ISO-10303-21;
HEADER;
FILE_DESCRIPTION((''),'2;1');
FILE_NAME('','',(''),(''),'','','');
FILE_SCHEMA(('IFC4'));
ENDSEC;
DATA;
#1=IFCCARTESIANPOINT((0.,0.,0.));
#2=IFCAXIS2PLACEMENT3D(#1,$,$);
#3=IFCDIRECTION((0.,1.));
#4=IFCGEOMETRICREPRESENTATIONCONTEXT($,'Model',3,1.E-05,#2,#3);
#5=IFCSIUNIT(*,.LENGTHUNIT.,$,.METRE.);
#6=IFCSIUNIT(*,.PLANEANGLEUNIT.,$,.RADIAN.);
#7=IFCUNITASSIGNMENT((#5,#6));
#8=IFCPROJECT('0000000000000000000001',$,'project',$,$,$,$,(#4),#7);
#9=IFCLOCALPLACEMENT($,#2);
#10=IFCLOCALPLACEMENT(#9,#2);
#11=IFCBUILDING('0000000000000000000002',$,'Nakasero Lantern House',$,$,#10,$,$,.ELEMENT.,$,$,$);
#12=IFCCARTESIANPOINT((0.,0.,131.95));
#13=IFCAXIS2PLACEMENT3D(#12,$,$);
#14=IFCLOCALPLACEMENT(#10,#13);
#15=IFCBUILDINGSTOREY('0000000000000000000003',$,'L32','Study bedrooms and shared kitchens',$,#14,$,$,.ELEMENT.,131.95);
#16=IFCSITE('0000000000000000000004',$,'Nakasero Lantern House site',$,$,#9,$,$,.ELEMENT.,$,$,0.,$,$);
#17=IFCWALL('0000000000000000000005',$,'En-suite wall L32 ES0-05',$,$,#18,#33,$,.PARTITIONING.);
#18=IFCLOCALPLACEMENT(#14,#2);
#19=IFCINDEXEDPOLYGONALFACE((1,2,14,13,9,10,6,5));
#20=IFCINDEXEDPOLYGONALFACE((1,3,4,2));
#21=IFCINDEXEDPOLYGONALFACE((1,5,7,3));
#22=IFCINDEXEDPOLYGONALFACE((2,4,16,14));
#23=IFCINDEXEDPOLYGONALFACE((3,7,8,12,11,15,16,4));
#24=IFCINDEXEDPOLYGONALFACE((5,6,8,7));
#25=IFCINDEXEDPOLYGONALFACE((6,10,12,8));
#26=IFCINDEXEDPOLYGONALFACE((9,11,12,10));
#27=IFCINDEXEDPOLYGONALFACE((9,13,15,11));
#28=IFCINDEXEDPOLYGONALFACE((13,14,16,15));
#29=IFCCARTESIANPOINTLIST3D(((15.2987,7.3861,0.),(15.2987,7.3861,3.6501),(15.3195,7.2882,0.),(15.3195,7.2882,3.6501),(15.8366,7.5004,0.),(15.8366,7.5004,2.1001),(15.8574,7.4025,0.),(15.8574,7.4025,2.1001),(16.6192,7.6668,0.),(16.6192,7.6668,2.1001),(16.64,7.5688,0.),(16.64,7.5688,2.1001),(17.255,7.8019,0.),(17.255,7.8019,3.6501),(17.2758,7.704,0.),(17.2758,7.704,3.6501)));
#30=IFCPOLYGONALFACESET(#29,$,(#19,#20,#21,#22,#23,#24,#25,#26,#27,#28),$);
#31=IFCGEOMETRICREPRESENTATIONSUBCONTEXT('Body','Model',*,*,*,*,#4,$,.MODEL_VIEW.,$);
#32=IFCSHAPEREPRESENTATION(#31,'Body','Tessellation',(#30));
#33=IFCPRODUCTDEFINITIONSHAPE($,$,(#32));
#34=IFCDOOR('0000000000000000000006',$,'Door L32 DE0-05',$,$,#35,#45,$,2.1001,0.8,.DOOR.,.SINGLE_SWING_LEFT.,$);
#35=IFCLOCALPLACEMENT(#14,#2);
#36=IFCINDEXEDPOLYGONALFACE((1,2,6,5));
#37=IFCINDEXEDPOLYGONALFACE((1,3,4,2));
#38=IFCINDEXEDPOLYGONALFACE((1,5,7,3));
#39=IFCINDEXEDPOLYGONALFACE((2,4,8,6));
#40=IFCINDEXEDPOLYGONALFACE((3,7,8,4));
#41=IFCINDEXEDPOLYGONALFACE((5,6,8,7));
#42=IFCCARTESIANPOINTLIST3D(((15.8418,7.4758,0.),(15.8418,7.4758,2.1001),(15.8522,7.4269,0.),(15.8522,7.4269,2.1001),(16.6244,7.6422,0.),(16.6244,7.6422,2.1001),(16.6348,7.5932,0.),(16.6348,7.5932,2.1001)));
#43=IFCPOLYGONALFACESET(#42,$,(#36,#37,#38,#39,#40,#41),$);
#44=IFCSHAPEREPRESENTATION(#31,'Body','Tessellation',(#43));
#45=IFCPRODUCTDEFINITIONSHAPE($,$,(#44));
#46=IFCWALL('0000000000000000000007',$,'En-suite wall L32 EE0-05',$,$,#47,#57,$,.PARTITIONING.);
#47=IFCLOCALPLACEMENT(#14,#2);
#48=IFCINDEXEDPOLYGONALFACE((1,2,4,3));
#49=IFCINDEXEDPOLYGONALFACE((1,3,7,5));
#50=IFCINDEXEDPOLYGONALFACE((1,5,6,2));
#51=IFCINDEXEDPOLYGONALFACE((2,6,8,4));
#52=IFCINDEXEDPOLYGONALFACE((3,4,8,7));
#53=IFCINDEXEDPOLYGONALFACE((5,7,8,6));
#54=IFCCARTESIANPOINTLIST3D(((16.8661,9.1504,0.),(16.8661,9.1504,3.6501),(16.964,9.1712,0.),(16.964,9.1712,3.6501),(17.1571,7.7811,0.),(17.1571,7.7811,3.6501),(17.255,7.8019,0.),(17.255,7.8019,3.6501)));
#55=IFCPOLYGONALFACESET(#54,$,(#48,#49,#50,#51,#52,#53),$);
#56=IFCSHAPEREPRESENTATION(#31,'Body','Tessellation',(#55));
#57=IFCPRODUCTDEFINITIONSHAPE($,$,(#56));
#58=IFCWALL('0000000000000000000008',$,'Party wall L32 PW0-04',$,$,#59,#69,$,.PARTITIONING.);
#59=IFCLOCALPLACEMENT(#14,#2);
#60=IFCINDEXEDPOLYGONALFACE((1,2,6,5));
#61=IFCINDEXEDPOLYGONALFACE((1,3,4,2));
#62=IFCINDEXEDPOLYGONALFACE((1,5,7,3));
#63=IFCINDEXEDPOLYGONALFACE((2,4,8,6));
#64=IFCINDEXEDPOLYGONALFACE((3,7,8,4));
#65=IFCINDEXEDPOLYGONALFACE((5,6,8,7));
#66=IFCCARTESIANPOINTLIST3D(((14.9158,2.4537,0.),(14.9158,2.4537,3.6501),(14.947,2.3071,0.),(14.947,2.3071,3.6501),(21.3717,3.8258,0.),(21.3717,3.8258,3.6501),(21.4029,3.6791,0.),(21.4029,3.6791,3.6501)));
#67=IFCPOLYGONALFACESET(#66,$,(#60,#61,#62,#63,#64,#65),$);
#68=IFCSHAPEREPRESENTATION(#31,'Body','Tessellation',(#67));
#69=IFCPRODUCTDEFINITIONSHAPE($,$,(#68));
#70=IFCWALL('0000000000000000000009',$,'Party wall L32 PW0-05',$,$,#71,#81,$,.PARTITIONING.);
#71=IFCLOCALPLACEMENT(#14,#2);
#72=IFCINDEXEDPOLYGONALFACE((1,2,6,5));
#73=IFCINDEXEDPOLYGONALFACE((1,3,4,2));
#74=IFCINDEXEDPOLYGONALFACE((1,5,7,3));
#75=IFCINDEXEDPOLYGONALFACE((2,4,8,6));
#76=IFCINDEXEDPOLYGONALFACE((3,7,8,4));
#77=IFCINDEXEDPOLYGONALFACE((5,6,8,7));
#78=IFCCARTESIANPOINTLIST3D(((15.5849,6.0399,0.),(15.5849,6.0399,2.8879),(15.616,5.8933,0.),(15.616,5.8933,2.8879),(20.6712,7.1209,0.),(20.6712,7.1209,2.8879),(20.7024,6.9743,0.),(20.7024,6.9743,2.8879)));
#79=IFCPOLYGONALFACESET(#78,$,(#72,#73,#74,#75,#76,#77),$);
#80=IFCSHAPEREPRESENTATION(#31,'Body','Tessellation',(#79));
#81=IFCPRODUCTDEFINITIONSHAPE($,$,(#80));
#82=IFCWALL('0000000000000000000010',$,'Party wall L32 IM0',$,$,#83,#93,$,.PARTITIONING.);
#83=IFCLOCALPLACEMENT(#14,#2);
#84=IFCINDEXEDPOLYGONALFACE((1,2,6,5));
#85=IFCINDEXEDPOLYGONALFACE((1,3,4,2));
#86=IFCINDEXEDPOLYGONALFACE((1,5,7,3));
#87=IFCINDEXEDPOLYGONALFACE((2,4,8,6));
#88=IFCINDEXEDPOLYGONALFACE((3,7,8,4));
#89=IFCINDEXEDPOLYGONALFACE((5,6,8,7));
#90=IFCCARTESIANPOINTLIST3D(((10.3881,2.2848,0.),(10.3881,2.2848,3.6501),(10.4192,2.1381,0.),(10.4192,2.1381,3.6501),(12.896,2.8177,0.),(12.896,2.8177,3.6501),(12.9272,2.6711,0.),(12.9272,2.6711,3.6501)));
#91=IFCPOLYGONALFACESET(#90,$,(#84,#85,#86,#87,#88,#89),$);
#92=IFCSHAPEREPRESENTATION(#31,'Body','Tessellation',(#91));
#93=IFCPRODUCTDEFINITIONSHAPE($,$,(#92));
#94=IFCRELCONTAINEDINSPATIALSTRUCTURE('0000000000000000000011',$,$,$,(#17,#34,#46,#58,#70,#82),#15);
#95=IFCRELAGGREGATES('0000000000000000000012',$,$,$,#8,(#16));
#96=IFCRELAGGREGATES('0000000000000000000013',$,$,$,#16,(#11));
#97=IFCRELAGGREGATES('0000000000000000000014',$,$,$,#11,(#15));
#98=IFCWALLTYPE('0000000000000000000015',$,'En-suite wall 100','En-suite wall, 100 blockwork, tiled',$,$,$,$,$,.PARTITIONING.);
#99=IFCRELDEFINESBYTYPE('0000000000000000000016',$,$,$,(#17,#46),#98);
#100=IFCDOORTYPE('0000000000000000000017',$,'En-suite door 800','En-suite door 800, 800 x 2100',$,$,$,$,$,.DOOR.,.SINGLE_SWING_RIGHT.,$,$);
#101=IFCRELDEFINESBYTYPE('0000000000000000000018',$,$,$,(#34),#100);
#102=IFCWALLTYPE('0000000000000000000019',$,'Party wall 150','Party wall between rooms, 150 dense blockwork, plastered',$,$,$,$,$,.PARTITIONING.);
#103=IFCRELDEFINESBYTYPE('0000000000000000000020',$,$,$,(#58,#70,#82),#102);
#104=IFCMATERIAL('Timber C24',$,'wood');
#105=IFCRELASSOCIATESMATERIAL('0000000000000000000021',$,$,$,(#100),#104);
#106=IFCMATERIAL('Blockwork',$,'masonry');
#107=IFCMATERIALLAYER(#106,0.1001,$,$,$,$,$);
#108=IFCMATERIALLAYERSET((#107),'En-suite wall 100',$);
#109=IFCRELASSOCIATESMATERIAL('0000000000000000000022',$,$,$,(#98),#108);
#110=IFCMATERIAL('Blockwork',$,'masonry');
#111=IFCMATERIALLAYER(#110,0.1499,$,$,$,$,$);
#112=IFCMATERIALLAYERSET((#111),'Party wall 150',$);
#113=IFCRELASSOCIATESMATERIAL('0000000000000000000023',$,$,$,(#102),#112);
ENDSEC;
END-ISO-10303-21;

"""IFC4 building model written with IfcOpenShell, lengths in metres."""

from ifc_helpers import new_model, si_unit, direction, frame, frame_2d, origin, place, context, subcontext, project, spatial, rectangle, extrude, material, layer, layer_set, type_object, element, fill, save


model = new_model("IFC4")

# Units and contexts
model_context = context("Model", 3, precision=1e-05, world=origin(), true_north=direction((0.0, 1.0)))
body_context = subcontext(model_context, "Body", "Model", "MODEL_VIEW")
ifc_project = project(units=[si_unit("LENGTHUNIT", "METRE"), si_unit("PLANEANGLEUNIT", "RADIAN")], contexts=[model_context])

# Site, building, storey
site_placement = place(None, origin())
site = spatial("IfcSite", under=ifc_project, at=site_placement, Name="Nakasero Lantern House site", CompositionType="ELEMENT", RefElevation=0.0)
building_placement = place(site_placement, origin())
building = spatial("IfcBuilding", under=site, at=building_placement, Name="Nakasero Lantern House", CompositionType="ELEMENT")
storey_placement = place(building_placement, frame((0.0, 0.0, 131.95)))
storey = spatial("IfcBuildingStorey", under=building, at=storey_placement, Name="L32", Description="Study bedrooms and shared kitchens", CompositionType="ELEMENT", Elevation=131.95)

# Shared definitions
ifc_material_1 = material(Name="Timber C24", Category="wood")
door_type_1 = type_object("IfcDoorType", Name="En-suite door 800", Description="En-suite door 800, 800 x 2100", OperationType="SINGLE_SWING_RIGHT", PredefinedType="DOOR", material=ifc_material_1)

# Shared definitions
ifc_material_2 = material(Name="Blockwork", Category="masonry")
ifc_layer_1 = layer(ifc_material_2, 0.1001)
ifc_layer_set_1 = layer_set([ifc_layer_1], Name="En-suite wall 100")
wall_type_1 = type_object("IfcWallType", Name="En-suite wall 100", Description="En-suite wall, 100 blockwork, tiled", PredefinedType="PARTITIONING", material=ifc_layer_set_1)

# Wall, opening, door
wall_1_placement = place(storey_placement, frame((15.3091, 7.3372, 0.0), z_axis=(0.0, 0.0, 1.0), x_axis=(0.978153, 0.207886, 0.0)))
wall_1 = element("IfcWall", 1, at=wall_1_placement, inside=storey, type_object=wall_type_1, Name="En-suite wall L32 ES0-05", PredefinedType="PARTITIONING", context=body_context, shape_type="SweptSolid", body=[
    extrude(rectangle(XDim=2.0, YDim=0.1001, at=frame_2d((1.0, 0.0))), origin(), (0.0, 0.0, 1.0), 3.6501),
])
opening_1_placement = place(wall_1_placement, frame((0.55, 0.0, 0.0)))
opening_1 = element("IfcOpeningElement", 2, at=opening_1_placement, cuts=wall_1, PredefinedType="OPENING", context=body_context, shape_type="SweptSolid", body=[
    extrude(rectangle(XDim=0.8, YDim=2.1001, at=frame_2d((0.3999, 1.05))), frame((0.0, 0.0701, 0.0), z_axis=(0.0, -1.0, 0.0), x_axis=(1.0, 0.0, 0.0)), (0.0, 0.0, 1.0), 0.1401),
])
door_1_placement = place(opening_1_placement, origin())
door_1 = element("IfcDoor", 3, at=door_1_placement, inside=storey, type_object=door_type_1, Name="Door L32 DE0-05", OperationType="SINGLE_SWING_LEFT", OverallHeight=2.1001, OverallWidth=0.8, PredefinedType="DOOR", context=body_context, shape_type="SweptSolid", body=[
    extrude(rectangle(XDim=0.8, YDim=2.1001, at=frame_2d((0.3999, 1.05))), frame((0.0, 0.0249, 0.0), z_axis=(0.0, -1.0, 0.0), x_axis=(1.0, 0.0, 0.0)), (0.0, 0.0, 1.0), 0.05),
])
fill(opening_1, door_1)

# Walls
wall_2_placement = place(storey_placement, frame((17.2061, 7.7915, 0.0), z_axis=(0.0, 0.0, 1.0), x_axis=(-0.207873, 0.978156, 0.0)))
element("IfcWall", 4, at=wall_2_placement, inside=storey, type_object=wall_type_1, Name="En-suite wall L32 EE0-05", PredefinedType="PARTITIONING", context=body_context, shape_type="SweptSolid", body=[
    extrude(rectangle(XDim=1.3999, YDim=0.1001, at=frame_2d((0.7, 0.0))), origin(), (0.0, 0.0, 1.0), 3.6501),
])
ifc_material_3 = material(Name="Blockwork", Category="masonry")
ifc_layer_2 = layer(ifc_material_3, 0.1499)
ifc_layer_set_2 = layer_set([ifc_layer_2], Name="Party wall 150")
wall_type_2 = type_object("IfcWallType", Name="Party wall 150", Description="Party wall between rooms, 150 dense blockwork, plastered", PredefinedType="PARTITIONING", material=ifc_layer_set_2)
wall_3_placement = place(storey_placement, frame((14.9314, 2.3804, 0.0), z_axis=(0.0, 0.0, 1.0), x_axis=(0.978152, 0.207889, 0.0)))
element("IfcWall", 5, at=wall_3_placement, inside=storey, type_object=wall_type_2, Name="Party wall L32 PW0-04", PredefinedType="PARTITIONING", context=body_context, shape_type="SweptSolid", body=[
    extrude(rectangle(XDim=6.6001, YDim=0.1499, at=frame_2d((3.3, 0.0))), origin(), (0.0, 0.0, 1.0), 3.6501),
])
wall_4_placement = place(storey_placement, frame((15.6003, 5.9666, 0.0), z_axis=(0.0, 0.0, 1.0), x_axis=(0.978151, 0.207894, 0.0)))
element("IfcWall", 6, at=wall_4_placement, inside=storey, type_object=wall_type_2, Name="Party wall L32 PW0-05", PredefinedType="PARTITIONING", context=body_context, shape_type="SweptSolid", body=[
    extrude(rectangle(XDim=5.2, YDim=0.1499, at=frame_2d((2.6001, 0.0))), origin(), (0.0, 0.0, 1.0), 2.8879),
])
wall_5_placement = place(storey_placement, frame((12.9116, 2.7444, 0.0), z_axis=(0.0, 0.0, 1.0), x_axis=(-0.978159, -0.207858, 0.0)))
element("IfcWall", 7, at=wall_5_placement, inside=storey, type_object=wall_type_2, Name="Party wall L32 IM0", PredefinedType="PARTITIONING", context=body_context, shape_type="SweptSolid", body=[
    extrude(rectangle(XDim=2.564, YDim=0.1499, at=frame_2d((1.282, 0.0))), origin(), (0.0, 0.0, 1.0), 3.6501),
])

save(model, "model.ifc")
